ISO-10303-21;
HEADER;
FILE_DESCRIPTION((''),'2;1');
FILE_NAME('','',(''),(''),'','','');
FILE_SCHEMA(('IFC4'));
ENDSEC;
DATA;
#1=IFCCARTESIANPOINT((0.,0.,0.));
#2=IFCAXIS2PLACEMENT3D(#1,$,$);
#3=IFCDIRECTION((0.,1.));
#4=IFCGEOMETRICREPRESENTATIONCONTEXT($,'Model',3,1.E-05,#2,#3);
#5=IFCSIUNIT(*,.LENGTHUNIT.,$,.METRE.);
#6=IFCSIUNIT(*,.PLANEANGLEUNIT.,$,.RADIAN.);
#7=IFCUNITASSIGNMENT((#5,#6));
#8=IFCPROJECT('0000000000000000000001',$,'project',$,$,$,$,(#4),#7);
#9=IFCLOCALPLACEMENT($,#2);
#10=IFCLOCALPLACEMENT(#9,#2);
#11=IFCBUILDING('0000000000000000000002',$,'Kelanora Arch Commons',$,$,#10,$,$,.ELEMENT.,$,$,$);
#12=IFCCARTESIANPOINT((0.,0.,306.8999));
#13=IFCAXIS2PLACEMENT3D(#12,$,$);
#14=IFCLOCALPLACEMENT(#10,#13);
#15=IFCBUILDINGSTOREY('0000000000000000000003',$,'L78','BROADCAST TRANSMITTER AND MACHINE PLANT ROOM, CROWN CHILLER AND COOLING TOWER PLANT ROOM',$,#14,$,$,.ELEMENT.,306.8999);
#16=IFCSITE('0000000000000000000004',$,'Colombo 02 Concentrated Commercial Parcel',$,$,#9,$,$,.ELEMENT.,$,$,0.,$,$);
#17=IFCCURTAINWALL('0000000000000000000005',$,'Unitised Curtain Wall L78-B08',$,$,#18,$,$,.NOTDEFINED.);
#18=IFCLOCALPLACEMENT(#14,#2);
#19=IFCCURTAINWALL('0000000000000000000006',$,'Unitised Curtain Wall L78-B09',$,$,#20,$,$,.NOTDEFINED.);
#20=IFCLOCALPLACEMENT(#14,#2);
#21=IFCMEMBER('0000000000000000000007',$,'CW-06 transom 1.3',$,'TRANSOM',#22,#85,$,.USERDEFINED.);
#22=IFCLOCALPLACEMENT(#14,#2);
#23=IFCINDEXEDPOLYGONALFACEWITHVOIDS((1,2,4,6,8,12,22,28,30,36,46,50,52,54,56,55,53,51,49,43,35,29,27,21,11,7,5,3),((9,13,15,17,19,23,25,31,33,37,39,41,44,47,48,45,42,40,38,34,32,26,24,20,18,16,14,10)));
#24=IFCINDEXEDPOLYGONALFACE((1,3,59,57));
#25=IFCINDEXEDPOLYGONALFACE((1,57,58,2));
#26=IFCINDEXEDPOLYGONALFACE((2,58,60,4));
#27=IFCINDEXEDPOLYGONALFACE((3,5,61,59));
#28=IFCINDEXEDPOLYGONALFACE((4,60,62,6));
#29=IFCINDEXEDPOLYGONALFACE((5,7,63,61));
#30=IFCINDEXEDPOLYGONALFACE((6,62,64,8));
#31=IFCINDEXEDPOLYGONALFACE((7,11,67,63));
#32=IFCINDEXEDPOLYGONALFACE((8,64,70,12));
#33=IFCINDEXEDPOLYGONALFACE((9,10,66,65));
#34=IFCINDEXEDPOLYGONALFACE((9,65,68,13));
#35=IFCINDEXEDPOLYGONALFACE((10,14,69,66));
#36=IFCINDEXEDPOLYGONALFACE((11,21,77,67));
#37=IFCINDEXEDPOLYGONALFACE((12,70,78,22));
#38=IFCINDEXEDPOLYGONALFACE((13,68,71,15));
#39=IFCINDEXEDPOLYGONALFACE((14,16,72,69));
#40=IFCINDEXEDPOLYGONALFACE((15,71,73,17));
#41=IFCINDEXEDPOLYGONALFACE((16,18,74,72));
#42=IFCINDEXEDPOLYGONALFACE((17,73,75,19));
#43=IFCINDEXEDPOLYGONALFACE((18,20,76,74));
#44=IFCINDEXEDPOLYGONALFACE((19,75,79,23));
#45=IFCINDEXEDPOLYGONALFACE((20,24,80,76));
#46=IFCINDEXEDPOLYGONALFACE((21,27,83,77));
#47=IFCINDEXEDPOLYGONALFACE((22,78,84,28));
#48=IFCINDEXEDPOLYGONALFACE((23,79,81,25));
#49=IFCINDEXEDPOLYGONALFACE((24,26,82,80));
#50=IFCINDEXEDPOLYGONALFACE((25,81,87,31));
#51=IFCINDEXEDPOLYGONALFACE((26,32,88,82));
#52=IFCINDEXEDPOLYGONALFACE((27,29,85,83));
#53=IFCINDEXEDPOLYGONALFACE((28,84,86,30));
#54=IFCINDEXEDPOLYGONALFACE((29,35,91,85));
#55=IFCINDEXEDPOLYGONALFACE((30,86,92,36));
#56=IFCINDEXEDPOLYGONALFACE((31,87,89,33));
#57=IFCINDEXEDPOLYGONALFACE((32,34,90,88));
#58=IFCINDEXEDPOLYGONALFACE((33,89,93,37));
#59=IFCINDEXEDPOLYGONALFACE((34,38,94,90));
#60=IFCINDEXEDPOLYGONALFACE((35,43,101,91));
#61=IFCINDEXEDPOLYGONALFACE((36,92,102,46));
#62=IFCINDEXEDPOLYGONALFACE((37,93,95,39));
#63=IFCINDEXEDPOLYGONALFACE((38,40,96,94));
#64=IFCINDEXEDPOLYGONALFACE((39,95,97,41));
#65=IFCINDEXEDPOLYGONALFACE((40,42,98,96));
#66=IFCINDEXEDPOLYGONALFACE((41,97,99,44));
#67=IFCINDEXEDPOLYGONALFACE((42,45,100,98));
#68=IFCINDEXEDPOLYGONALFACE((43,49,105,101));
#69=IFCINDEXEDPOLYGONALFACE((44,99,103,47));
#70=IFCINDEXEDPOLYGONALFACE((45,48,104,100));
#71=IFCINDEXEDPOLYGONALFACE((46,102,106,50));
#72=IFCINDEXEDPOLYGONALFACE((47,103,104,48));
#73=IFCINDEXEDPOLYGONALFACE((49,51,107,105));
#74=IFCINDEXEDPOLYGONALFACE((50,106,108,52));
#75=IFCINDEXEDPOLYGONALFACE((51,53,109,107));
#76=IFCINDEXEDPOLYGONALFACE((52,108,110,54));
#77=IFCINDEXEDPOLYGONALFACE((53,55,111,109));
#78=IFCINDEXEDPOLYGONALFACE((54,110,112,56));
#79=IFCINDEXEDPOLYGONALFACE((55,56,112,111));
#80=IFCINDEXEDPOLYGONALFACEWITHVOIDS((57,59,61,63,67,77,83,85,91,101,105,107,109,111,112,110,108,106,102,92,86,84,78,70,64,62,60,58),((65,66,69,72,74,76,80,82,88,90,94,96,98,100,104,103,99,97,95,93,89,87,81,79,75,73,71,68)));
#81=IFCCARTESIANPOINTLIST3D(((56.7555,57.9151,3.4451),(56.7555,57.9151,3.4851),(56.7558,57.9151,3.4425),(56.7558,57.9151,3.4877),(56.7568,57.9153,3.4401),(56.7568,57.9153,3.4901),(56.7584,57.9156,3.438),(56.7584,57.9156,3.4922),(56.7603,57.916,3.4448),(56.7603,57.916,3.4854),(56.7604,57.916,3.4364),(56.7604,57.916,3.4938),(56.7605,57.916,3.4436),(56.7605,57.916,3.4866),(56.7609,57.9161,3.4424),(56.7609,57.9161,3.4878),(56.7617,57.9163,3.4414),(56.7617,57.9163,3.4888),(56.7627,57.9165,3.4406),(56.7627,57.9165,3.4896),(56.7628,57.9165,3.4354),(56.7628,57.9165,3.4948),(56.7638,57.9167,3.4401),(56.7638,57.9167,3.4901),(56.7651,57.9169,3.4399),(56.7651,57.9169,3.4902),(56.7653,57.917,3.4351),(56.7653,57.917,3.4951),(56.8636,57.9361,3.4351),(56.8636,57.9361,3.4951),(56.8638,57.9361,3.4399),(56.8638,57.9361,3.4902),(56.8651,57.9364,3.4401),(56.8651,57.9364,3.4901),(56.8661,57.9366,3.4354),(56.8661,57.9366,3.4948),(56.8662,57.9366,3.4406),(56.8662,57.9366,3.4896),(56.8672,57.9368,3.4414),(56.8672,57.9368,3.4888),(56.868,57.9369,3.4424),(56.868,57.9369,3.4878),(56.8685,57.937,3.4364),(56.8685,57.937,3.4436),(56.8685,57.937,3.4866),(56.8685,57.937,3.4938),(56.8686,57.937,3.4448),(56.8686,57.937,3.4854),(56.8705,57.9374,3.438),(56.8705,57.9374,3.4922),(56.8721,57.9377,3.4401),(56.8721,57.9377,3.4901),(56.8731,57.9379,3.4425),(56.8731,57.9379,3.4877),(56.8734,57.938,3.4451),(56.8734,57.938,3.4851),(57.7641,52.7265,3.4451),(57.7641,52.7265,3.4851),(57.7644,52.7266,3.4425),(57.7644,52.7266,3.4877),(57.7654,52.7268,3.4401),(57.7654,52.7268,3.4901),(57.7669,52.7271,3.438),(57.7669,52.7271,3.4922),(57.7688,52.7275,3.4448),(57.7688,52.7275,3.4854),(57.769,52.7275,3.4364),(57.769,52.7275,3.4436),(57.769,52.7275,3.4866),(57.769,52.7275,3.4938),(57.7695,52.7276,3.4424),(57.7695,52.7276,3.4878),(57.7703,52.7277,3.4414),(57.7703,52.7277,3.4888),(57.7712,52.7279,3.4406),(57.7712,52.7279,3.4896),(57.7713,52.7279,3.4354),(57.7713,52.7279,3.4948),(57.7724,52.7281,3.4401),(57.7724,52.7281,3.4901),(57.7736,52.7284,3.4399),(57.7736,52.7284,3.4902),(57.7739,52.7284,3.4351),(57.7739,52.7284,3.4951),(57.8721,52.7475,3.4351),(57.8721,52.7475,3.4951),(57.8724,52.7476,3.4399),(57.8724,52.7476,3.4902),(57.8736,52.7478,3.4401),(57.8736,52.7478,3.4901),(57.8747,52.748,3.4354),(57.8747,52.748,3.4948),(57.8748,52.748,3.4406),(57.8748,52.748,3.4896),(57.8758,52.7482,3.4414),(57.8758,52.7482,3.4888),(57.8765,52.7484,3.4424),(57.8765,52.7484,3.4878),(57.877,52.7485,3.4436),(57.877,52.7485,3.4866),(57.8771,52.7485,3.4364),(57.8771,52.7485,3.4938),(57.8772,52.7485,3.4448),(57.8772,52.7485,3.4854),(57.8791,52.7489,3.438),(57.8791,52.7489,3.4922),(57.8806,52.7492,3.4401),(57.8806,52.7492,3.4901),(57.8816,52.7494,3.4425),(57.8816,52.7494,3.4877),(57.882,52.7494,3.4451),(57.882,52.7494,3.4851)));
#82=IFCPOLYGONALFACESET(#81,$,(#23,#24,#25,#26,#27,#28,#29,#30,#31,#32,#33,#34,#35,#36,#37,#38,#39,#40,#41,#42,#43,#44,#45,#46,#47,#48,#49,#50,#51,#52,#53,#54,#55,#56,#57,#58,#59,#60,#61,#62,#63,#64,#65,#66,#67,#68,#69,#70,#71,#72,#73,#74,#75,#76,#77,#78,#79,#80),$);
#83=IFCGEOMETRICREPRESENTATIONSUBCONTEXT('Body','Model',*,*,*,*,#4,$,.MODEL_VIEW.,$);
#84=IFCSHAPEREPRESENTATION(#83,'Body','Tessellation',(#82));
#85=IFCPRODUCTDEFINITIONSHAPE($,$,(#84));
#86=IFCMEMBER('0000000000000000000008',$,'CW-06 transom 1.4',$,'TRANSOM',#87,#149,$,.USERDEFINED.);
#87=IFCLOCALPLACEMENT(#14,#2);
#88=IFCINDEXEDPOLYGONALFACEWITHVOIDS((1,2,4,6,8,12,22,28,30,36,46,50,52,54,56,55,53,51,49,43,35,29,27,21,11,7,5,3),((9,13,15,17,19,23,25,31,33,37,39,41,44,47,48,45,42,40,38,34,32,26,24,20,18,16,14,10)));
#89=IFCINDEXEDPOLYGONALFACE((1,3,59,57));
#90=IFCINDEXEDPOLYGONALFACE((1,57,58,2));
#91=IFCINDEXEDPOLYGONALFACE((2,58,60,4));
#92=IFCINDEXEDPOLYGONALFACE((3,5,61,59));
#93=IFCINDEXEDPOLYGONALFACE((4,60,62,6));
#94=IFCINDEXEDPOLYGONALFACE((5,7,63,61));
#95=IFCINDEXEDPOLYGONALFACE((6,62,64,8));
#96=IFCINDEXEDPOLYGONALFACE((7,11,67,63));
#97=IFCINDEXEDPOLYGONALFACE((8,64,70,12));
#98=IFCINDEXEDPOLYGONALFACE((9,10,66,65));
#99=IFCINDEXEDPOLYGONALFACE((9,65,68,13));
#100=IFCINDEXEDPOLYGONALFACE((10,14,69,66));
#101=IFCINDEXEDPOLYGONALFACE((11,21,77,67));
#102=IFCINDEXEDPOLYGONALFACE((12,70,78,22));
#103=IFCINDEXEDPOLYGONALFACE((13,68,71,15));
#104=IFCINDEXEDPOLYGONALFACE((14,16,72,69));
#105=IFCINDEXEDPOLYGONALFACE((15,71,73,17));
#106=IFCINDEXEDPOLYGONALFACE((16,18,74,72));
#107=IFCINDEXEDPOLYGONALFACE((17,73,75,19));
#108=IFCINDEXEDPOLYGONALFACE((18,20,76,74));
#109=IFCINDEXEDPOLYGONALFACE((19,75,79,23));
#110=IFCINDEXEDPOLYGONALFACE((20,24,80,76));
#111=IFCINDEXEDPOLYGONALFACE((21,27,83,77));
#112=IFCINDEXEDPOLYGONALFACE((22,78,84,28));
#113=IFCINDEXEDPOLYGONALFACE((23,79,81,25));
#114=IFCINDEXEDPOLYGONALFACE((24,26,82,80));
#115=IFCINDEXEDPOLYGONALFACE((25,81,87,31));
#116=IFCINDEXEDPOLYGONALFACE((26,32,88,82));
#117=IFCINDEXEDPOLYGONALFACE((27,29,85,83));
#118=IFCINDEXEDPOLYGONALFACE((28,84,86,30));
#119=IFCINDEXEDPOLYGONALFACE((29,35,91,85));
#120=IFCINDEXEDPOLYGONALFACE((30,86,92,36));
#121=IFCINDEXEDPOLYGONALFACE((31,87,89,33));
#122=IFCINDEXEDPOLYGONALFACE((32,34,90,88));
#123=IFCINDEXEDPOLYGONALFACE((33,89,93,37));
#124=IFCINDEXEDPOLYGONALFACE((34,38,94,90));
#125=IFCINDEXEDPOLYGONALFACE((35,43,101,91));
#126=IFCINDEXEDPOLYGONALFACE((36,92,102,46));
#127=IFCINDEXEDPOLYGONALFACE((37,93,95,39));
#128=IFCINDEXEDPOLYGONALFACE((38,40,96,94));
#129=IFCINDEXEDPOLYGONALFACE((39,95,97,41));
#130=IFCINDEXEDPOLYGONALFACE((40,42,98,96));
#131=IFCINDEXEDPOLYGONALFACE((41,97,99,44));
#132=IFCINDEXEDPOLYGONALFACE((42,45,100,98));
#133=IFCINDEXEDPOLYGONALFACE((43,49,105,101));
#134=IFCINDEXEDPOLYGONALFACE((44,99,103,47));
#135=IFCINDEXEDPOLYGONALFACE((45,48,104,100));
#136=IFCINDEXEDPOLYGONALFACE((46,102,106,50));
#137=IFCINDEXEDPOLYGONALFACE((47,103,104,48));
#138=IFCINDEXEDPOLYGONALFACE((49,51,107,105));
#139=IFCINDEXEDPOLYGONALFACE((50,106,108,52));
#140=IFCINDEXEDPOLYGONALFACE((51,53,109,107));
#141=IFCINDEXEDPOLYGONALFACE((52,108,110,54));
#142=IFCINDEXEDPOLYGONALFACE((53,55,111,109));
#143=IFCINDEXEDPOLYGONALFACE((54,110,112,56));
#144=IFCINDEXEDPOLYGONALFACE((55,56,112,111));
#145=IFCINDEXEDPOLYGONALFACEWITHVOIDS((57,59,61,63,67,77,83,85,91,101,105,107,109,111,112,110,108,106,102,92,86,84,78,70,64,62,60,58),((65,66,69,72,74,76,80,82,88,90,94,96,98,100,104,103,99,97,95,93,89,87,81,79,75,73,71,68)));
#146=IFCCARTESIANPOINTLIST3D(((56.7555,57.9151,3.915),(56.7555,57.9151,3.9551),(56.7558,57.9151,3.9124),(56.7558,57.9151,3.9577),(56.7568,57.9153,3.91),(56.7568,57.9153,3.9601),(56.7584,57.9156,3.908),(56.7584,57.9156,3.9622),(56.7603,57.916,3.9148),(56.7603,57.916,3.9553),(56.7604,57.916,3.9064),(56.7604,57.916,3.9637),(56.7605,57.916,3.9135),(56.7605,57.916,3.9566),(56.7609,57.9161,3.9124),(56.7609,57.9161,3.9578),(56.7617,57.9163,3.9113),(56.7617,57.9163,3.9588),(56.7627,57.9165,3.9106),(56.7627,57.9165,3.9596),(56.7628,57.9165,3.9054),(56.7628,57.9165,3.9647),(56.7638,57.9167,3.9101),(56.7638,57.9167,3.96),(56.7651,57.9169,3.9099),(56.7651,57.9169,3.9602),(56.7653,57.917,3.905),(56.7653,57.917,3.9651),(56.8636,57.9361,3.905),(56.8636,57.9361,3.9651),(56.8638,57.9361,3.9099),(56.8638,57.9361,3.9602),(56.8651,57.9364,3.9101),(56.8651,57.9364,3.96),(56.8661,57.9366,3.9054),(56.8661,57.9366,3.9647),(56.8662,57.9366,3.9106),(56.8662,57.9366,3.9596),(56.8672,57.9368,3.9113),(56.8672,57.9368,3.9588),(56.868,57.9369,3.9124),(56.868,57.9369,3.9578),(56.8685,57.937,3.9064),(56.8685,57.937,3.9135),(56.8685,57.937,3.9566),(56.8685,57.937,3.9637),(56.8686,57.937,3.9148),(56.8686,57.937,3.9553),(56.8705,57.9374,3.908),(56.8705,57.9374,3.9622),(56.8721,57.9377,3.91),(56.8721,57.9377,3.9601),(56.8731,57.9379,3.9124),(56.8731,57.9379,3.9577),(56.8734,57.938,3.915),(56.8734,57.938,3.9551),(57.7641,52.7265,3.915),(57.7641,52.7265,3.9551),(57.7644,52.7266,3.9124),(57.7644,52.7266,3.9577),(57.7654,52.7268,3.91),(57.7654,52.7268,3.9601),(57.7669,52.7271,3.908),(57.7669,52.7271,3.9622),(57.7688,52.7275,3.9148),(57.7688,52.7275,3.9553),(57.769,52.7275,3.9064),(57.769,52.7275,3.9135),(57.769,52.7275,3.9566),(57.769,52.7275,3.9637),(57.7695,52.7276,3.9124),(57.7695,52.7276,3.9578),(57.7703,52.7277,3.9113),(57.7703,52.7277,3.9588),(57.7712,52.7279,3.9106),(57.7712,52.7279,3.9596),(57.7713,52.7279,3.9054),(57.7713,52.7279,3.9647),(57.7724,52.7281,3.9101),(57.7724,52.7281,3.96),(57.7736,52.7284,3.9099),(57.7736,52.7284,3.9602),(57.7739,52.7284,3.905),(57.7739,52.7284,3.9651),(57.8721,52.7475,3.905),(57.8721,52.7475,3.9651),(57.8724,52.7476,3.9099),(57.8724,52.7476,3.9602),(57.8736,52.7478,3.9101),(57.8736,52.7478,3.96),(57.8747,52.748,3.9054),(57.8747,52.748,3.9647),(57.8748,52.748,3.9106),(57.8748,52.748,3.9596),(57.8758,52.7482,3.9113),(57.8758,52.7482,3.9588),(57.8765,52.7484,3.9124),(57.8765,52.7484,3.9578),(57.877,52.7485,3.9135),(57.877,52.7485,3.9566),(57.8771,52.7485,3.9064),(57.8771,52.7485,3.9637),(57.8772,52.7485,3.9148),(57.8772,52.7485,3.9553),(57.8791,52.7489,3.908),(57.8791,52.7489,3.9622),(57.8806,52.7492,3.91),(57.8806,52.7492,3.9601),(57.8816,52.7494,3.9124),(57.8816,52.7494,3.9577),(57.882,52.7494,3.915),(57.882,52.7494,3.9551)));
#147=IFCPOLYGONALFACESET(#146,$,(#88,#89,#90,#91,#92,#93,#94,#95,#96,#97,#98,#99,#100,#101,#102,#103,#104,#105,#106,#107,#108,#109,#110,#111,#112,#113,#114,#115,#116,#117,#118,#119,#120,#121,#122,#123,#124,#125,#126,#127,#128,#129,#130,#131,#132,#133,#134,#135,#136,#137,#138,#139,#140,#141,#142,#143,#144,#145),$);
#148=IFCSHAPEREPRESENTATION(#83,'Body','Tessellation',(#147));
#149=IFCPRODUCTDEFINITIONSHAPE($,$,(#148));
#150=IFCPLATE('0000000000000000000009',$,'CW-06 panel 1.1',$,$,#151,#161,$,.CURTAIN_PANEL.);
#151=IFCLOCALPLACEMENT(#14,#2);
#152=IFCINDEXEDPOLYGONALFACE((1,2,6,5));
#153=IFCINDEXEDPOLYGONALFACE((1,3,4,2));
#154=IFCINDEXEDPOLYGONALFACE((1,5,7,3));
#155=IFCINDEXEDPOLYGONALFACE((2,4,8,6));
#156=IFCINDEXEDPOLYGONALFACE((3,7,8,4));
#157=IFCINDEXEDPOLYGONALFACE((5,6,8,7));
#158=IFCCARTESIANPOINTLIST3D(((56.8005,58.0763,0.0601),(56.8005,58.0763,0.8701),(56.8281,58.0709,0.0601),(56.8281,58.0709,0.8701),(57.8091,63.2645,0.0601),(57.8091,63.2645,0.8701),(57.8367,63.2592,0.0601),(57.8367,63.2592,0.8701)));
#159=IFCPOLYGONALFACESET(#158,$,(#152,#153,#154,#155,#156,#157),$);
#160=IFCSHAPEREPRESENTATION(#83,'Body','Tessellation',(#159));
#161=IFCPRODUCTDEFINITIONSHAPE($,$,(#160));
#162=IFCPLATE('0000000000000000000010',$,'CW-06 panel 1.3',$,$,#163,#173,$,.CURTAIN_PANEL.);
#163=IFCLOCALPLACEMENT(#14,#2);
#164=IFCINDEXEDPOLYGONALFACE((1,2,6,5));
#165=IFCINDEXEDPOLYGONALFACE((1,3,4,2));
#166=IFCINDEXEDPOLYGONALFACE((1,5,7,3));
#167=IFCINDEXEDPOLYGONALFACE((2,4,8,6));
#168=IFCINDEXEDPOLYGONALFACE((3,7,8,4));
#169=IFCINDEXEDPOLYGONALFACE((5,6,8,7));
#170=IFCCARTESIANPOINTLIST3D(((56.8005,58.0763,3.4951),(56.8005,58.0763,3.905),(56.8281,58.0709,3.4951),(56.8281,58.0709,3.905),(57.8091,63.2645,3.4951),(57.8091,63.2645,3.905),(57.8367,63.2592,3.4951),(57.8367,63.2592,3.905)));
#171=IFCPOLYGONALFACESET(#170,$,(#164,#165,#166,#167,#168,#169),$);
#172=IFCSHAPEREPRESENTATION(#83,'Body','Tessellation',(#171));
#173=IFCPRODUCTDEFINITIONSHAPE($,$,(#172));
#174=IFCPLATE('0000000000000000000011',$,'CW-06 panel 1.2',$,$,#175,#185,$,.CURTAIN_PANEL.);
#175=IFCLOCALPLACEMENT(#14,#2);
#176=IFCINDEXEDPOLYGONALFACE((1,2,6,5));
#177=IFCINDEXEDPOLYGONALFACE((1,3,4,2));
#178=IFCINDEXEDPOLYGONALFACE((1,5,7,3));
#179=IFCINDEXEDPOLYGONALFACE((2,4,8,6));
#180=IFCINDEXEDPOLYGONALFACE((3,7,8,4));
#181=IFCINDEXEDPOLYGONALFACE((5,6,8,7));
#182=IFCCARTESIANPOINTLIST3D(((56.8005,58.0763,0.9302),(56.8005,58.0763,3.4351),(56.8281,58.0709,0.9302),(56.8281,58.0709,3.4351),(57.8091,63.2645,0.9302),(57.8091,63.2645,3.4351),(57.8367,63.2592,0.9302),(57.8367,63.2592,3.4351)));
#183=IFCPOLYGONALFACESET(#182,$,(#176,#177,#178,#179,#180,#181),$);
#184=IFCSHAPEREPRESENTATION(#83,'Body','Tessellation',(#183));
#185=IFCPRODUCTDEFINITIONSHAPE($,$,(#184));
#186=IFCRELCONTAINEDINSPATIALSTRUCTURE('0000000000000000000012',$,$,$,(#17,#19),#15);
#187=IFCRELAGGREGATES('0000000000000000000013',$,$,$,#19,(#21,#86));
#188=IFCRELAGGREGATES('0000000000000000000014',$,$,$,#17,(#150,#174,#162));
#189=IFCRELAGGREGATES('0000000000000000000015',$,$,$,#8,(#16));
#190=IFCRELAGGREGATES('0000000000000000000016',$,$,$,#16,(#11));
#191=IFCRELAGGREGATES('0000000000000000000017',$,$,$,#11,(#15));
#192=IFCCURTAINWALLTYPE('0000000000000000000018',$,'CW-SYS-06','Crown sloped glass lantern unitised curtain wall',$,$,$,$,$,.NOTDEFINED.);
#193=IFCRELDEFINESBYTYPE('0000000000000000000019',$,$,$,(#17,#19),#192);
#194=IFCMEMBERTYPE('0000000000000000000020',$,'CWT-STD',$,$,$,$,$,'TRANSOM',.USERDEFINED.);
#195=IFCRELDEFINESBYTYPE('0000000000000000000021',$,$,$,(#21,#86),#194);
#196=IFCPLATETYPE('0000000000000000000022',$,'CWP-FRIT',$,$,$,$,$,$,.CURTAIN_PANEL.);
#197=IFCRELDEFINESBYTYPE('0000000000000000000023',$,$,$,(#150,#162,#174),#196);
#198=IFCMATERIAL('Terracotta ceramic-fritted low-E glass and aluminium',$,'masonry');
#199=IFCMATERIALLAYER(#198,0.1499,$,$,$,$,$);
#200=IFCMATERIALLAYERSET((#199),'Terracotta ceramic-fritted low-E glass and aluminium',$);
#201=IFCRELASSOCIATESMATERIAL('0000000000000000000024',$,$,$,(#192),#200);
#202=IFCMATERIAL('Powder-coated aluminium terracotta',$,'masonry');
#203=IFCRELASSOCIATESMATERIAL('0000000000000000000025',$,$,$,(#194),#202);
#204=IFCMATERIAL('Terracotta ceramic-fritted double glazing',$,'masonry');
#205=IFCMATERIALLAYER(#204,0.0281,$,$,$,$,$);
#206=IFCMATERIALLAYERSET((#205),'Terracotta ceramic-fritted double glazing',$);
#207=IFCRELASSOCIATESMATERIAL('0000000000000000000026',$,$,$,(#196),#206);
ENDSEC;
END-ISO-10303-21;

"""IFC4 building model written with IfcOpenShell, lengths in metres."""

from ifc_helpers import new_model, si_unit, direction, frame, origin, origin_2d, place, context, subcontext, project, spatial, rectangle, hollow_rectangle, extrude, source, transform, mapped, material, layer, layer_set, material_profile, profile_set, type_object, element, aggregate, save


model = new_model("IFC4")

# Units and contexts
model_context = context("Model", 3, precision=1e-05, world=origin(), true_north=direction((0.0, 1.0)))
body_context = subcontext(model_context, "Body", "Model", "MODEL_VIEW")
ifc_project = project(units=[si_unit("LENGTHUNIT", "METRE"), si_unit("PLANEANGLEUNIT", "RADIAN")], contexts=[model_context])

# Site, building, storey
site_placement = place(None, origin())
site = spatial("IfcSite", under=ifc_project, at=site_placement, Name="Colombo 02 Concentrated Commercial Parcel", CompositionType="ELEMENT", RefElevation=0.0)
building_placement = place(site_placement, origin())
building = spatial("IfcBuilding", under=site, at=building_placement, Name="Kelanora Arch Commons", CompositionType="ELEMENT")
storey_placement = place(building_placement, frame((0.0, 0.0, 306.8999)))
storey = spatial("IfcBuildingStorey", under=building, at=storey_placement, Name="L78", Description="BROADCAST TRANSMITTER AND MACHINE PLANT ROOM, CROWN CHILLER AND COOLING TOWER PLANT ROOM", CompositionType="ELEMENT", Elevation=306.8999)

# Shared definitions
ifc_material_1 = material(Name="Terracotta ceramic-fritted low-E glass and aluminium", Category="masonry")
ifc_layer_1 = layer(ifc_material_1, 0.1499)
ifc_layer_set_1 = layer_set([ifc_layer_1], Name="Terracotta ceramic-fritted low-E glass and aluminium")
curtain_wall_type = type_object("IfcCurtainWallType", Name="CW-SYS-06", Description="Crown sloped glass lantern unitised curtain wall", PredefinedType="NOTDEFINED", material=ifc_layer_set_1)
ifc_material_2 = material(Name="Powder-coated aluminium terracotta", Category="masonry")

# Curtain wall
curtain_wall_1_placement = place(storey_placement, origin())
curtain_wall_1 = element("IfcCurtainWall", 1, at=curtain_wall_1_placement, inside=storey, type_object=curtain_wall_type, Name="Unitised Curtain Wall L78-B08", PredefinedType="NOTDEFINED")

# Curtain wall
curtain_wall_2_placement = place(storey_placement, origin())
curtain_wall_2 = element("IfcCurtainWall", 2, at=curtain_wall_2_placement, inside=storey, type_object=curtain_wall_type, Name="Unitised Curtain Wall L78-B09", PredefinedType="NOTDEFINED")

# Members
ifc_material_profile_1 = material_profile(ifc_material_2, hollow_rectangle(XDim=0.1201, YDim=0.0601, WallThickness=0.0049, InnerFilletRadius=0.0049, OuterFilletRadius=0.01, at=origin_2d()), Name="CWT120x60")
ifc_profile_set_1 = profile_set([ifc_material_profile_1], Name="Powder-coated aluminium terracotta")
member_type_1 = type_object("IfcMemberType", Name="CWT-STD", ElementType="TRANSOM", PredefinedType="USERDEFINED", material=ifc_profile_set_1)
member_1_placement = place(storey_placement, frame((56.8145, 57.9265, 3.4651), z_axis=(0.19081, -0.981627, 0.0), x_axis=(0.981627, 0.19081, 0.0)))
member_1 = element("IfcMember", 3, at=member_1_placement, type_object=member_type_1, Name="CW-06 transom 1.3", ObjectType="TRANSOM", PredefinedType="USERDEFINED", context=body_context, shape_type="SweptSolid", body=[
    extrude(hollow_rectangle(XDim=0.1201, YDim=0.0601, WallThickness=0.0049, InnerFilletRadius=0.0049, OuterFilletRadius=0.01, at=origin_2d()), origin(), (0.0, 0.0, 1.0), 5.2856),
])
member_2_placement = place(storey_placement, frame((56.8145, 57.9265, 3.9351), z_axis=(0.19081, -0.981627, 0.0), x_axis=(0.981627, 0.19081, 0.0)))
member_2 = element("IfcMember", 4, at=member_2_placement, type_object=member_type_1, Name="CW-06 transom 1.4", ObjectType="TRANSOM", PredefinedType="USERDEFINED", context=body_context, shape_type="SweptSolid", body=[
    extrude(hollow_rectangle(XDim=0.1201, YDim=0.0601, WallThickness=0.0049, InnerFilletRadius=0.0049, OuterFilletRadius=0.01, at=origin_2d()), origin(), (0.0, 0.0, 1.0), 5.2856),
])
aggregate(curtain_wall_2, [member_1, member_2])

# Plates
ifc_material_3 = material(Name="Terracotta ceramic-fritted double glazing", Category="masonry")
ifc_layer_2 = layer(ifc_material_3, 0.0281)
ifc_layer_set_2 = layer_set([ifc_layer_2], Name="Terracotta ceramic-fritted double glazing")
plate_type = type_object("IfcPlateType", Name="CWP-FRIT", PredefinedType="CURTAIN_PANEL", material=ifc_layer_set_2)
shared_shape_1 = source(origin(), body_context, "Body", "SweptSolid", [
    extrude(rectangle(XDim=5.2854, YDim=0.0281, at=origin_2d()), origin(), (0.0, 0.0, 1.0), 0.8101),
])
plate_1_placement = place(storey_placement, frame((57.3186, 60.6677, 0.0601), z_axis=(0.0, 0.0, 1.0), x_axis=(-0.190827, -0.981624, 0.0)))
plate_1 = element("IfcPlate", 5, at=plate_1_placement, type_object=plate_type, Name="CW-06 panel 1.1", PredefinedType="CURTAIN_PANEL", context=body_context, shape_type="MappedRepresentation", body=[
    mapped(shared_shape_1, transform((0.0, 0.0, 0.0), scale=1.0)),
])
shared_shape_2 = source(origin(), body_context, "Body", "SweptSolid", [
    extrude(rectangle(XDim=5.2854, YDim=0.0281, at=origin_2d()), origin(), (0.0, 0.0, 1.0), 0.4099),
])
plate_2_placement = place(storey_placement, frame((57.3186, 60.6677, 3.4951), z_axis=(0.0, 0.0, 1.0), x_axis=(-0.190827, -0.981624, 0.0)))
plate_2 = element("IfcPlate", 6, at=plate_2_placement, type_object=plate_type, Name="CW-06 panel 1.3", PredefinedType="CURTAIN_PANEL", context=body_context, shape_type="MappedRepresentation", body=[
    mapped(shared_shape_2, transform((0.0, 0.0, 0.0), scale=1.0)),
])
shared_shape_3 = source(origin(), body_context, "Body", "SweptSolid", [
    extrude(rectangle(XDim=5.2854, YDim=0.0281, at=origin_2d()), origin(), (0.0, 0.0, 1.0), 2.5049),
])
plate_3_placement = place(storey_placement, frame((57.3186, 60.6677, 0.9302), z_axis=(0.0, 0.0, 1.0), x_axis=(-0.190827, -0.981624, 0.0)))
plate_3 = element("IfcPlate", 7, at=plate_3_placement, type_object=plate_type, Name="CW-06 panel 1.2", PredefinedType="CURTAIN_PANEL", context=body_context, shape_type="MappedRepresentation", body=[
    mapped(shared_shape_3, transform((0.0, 0.0, 0.0), scale=1.0)),
])
aggregate(curtain_wall_1, [plate_1, plate_3, plate_2])

save(model, "model.ifc")
